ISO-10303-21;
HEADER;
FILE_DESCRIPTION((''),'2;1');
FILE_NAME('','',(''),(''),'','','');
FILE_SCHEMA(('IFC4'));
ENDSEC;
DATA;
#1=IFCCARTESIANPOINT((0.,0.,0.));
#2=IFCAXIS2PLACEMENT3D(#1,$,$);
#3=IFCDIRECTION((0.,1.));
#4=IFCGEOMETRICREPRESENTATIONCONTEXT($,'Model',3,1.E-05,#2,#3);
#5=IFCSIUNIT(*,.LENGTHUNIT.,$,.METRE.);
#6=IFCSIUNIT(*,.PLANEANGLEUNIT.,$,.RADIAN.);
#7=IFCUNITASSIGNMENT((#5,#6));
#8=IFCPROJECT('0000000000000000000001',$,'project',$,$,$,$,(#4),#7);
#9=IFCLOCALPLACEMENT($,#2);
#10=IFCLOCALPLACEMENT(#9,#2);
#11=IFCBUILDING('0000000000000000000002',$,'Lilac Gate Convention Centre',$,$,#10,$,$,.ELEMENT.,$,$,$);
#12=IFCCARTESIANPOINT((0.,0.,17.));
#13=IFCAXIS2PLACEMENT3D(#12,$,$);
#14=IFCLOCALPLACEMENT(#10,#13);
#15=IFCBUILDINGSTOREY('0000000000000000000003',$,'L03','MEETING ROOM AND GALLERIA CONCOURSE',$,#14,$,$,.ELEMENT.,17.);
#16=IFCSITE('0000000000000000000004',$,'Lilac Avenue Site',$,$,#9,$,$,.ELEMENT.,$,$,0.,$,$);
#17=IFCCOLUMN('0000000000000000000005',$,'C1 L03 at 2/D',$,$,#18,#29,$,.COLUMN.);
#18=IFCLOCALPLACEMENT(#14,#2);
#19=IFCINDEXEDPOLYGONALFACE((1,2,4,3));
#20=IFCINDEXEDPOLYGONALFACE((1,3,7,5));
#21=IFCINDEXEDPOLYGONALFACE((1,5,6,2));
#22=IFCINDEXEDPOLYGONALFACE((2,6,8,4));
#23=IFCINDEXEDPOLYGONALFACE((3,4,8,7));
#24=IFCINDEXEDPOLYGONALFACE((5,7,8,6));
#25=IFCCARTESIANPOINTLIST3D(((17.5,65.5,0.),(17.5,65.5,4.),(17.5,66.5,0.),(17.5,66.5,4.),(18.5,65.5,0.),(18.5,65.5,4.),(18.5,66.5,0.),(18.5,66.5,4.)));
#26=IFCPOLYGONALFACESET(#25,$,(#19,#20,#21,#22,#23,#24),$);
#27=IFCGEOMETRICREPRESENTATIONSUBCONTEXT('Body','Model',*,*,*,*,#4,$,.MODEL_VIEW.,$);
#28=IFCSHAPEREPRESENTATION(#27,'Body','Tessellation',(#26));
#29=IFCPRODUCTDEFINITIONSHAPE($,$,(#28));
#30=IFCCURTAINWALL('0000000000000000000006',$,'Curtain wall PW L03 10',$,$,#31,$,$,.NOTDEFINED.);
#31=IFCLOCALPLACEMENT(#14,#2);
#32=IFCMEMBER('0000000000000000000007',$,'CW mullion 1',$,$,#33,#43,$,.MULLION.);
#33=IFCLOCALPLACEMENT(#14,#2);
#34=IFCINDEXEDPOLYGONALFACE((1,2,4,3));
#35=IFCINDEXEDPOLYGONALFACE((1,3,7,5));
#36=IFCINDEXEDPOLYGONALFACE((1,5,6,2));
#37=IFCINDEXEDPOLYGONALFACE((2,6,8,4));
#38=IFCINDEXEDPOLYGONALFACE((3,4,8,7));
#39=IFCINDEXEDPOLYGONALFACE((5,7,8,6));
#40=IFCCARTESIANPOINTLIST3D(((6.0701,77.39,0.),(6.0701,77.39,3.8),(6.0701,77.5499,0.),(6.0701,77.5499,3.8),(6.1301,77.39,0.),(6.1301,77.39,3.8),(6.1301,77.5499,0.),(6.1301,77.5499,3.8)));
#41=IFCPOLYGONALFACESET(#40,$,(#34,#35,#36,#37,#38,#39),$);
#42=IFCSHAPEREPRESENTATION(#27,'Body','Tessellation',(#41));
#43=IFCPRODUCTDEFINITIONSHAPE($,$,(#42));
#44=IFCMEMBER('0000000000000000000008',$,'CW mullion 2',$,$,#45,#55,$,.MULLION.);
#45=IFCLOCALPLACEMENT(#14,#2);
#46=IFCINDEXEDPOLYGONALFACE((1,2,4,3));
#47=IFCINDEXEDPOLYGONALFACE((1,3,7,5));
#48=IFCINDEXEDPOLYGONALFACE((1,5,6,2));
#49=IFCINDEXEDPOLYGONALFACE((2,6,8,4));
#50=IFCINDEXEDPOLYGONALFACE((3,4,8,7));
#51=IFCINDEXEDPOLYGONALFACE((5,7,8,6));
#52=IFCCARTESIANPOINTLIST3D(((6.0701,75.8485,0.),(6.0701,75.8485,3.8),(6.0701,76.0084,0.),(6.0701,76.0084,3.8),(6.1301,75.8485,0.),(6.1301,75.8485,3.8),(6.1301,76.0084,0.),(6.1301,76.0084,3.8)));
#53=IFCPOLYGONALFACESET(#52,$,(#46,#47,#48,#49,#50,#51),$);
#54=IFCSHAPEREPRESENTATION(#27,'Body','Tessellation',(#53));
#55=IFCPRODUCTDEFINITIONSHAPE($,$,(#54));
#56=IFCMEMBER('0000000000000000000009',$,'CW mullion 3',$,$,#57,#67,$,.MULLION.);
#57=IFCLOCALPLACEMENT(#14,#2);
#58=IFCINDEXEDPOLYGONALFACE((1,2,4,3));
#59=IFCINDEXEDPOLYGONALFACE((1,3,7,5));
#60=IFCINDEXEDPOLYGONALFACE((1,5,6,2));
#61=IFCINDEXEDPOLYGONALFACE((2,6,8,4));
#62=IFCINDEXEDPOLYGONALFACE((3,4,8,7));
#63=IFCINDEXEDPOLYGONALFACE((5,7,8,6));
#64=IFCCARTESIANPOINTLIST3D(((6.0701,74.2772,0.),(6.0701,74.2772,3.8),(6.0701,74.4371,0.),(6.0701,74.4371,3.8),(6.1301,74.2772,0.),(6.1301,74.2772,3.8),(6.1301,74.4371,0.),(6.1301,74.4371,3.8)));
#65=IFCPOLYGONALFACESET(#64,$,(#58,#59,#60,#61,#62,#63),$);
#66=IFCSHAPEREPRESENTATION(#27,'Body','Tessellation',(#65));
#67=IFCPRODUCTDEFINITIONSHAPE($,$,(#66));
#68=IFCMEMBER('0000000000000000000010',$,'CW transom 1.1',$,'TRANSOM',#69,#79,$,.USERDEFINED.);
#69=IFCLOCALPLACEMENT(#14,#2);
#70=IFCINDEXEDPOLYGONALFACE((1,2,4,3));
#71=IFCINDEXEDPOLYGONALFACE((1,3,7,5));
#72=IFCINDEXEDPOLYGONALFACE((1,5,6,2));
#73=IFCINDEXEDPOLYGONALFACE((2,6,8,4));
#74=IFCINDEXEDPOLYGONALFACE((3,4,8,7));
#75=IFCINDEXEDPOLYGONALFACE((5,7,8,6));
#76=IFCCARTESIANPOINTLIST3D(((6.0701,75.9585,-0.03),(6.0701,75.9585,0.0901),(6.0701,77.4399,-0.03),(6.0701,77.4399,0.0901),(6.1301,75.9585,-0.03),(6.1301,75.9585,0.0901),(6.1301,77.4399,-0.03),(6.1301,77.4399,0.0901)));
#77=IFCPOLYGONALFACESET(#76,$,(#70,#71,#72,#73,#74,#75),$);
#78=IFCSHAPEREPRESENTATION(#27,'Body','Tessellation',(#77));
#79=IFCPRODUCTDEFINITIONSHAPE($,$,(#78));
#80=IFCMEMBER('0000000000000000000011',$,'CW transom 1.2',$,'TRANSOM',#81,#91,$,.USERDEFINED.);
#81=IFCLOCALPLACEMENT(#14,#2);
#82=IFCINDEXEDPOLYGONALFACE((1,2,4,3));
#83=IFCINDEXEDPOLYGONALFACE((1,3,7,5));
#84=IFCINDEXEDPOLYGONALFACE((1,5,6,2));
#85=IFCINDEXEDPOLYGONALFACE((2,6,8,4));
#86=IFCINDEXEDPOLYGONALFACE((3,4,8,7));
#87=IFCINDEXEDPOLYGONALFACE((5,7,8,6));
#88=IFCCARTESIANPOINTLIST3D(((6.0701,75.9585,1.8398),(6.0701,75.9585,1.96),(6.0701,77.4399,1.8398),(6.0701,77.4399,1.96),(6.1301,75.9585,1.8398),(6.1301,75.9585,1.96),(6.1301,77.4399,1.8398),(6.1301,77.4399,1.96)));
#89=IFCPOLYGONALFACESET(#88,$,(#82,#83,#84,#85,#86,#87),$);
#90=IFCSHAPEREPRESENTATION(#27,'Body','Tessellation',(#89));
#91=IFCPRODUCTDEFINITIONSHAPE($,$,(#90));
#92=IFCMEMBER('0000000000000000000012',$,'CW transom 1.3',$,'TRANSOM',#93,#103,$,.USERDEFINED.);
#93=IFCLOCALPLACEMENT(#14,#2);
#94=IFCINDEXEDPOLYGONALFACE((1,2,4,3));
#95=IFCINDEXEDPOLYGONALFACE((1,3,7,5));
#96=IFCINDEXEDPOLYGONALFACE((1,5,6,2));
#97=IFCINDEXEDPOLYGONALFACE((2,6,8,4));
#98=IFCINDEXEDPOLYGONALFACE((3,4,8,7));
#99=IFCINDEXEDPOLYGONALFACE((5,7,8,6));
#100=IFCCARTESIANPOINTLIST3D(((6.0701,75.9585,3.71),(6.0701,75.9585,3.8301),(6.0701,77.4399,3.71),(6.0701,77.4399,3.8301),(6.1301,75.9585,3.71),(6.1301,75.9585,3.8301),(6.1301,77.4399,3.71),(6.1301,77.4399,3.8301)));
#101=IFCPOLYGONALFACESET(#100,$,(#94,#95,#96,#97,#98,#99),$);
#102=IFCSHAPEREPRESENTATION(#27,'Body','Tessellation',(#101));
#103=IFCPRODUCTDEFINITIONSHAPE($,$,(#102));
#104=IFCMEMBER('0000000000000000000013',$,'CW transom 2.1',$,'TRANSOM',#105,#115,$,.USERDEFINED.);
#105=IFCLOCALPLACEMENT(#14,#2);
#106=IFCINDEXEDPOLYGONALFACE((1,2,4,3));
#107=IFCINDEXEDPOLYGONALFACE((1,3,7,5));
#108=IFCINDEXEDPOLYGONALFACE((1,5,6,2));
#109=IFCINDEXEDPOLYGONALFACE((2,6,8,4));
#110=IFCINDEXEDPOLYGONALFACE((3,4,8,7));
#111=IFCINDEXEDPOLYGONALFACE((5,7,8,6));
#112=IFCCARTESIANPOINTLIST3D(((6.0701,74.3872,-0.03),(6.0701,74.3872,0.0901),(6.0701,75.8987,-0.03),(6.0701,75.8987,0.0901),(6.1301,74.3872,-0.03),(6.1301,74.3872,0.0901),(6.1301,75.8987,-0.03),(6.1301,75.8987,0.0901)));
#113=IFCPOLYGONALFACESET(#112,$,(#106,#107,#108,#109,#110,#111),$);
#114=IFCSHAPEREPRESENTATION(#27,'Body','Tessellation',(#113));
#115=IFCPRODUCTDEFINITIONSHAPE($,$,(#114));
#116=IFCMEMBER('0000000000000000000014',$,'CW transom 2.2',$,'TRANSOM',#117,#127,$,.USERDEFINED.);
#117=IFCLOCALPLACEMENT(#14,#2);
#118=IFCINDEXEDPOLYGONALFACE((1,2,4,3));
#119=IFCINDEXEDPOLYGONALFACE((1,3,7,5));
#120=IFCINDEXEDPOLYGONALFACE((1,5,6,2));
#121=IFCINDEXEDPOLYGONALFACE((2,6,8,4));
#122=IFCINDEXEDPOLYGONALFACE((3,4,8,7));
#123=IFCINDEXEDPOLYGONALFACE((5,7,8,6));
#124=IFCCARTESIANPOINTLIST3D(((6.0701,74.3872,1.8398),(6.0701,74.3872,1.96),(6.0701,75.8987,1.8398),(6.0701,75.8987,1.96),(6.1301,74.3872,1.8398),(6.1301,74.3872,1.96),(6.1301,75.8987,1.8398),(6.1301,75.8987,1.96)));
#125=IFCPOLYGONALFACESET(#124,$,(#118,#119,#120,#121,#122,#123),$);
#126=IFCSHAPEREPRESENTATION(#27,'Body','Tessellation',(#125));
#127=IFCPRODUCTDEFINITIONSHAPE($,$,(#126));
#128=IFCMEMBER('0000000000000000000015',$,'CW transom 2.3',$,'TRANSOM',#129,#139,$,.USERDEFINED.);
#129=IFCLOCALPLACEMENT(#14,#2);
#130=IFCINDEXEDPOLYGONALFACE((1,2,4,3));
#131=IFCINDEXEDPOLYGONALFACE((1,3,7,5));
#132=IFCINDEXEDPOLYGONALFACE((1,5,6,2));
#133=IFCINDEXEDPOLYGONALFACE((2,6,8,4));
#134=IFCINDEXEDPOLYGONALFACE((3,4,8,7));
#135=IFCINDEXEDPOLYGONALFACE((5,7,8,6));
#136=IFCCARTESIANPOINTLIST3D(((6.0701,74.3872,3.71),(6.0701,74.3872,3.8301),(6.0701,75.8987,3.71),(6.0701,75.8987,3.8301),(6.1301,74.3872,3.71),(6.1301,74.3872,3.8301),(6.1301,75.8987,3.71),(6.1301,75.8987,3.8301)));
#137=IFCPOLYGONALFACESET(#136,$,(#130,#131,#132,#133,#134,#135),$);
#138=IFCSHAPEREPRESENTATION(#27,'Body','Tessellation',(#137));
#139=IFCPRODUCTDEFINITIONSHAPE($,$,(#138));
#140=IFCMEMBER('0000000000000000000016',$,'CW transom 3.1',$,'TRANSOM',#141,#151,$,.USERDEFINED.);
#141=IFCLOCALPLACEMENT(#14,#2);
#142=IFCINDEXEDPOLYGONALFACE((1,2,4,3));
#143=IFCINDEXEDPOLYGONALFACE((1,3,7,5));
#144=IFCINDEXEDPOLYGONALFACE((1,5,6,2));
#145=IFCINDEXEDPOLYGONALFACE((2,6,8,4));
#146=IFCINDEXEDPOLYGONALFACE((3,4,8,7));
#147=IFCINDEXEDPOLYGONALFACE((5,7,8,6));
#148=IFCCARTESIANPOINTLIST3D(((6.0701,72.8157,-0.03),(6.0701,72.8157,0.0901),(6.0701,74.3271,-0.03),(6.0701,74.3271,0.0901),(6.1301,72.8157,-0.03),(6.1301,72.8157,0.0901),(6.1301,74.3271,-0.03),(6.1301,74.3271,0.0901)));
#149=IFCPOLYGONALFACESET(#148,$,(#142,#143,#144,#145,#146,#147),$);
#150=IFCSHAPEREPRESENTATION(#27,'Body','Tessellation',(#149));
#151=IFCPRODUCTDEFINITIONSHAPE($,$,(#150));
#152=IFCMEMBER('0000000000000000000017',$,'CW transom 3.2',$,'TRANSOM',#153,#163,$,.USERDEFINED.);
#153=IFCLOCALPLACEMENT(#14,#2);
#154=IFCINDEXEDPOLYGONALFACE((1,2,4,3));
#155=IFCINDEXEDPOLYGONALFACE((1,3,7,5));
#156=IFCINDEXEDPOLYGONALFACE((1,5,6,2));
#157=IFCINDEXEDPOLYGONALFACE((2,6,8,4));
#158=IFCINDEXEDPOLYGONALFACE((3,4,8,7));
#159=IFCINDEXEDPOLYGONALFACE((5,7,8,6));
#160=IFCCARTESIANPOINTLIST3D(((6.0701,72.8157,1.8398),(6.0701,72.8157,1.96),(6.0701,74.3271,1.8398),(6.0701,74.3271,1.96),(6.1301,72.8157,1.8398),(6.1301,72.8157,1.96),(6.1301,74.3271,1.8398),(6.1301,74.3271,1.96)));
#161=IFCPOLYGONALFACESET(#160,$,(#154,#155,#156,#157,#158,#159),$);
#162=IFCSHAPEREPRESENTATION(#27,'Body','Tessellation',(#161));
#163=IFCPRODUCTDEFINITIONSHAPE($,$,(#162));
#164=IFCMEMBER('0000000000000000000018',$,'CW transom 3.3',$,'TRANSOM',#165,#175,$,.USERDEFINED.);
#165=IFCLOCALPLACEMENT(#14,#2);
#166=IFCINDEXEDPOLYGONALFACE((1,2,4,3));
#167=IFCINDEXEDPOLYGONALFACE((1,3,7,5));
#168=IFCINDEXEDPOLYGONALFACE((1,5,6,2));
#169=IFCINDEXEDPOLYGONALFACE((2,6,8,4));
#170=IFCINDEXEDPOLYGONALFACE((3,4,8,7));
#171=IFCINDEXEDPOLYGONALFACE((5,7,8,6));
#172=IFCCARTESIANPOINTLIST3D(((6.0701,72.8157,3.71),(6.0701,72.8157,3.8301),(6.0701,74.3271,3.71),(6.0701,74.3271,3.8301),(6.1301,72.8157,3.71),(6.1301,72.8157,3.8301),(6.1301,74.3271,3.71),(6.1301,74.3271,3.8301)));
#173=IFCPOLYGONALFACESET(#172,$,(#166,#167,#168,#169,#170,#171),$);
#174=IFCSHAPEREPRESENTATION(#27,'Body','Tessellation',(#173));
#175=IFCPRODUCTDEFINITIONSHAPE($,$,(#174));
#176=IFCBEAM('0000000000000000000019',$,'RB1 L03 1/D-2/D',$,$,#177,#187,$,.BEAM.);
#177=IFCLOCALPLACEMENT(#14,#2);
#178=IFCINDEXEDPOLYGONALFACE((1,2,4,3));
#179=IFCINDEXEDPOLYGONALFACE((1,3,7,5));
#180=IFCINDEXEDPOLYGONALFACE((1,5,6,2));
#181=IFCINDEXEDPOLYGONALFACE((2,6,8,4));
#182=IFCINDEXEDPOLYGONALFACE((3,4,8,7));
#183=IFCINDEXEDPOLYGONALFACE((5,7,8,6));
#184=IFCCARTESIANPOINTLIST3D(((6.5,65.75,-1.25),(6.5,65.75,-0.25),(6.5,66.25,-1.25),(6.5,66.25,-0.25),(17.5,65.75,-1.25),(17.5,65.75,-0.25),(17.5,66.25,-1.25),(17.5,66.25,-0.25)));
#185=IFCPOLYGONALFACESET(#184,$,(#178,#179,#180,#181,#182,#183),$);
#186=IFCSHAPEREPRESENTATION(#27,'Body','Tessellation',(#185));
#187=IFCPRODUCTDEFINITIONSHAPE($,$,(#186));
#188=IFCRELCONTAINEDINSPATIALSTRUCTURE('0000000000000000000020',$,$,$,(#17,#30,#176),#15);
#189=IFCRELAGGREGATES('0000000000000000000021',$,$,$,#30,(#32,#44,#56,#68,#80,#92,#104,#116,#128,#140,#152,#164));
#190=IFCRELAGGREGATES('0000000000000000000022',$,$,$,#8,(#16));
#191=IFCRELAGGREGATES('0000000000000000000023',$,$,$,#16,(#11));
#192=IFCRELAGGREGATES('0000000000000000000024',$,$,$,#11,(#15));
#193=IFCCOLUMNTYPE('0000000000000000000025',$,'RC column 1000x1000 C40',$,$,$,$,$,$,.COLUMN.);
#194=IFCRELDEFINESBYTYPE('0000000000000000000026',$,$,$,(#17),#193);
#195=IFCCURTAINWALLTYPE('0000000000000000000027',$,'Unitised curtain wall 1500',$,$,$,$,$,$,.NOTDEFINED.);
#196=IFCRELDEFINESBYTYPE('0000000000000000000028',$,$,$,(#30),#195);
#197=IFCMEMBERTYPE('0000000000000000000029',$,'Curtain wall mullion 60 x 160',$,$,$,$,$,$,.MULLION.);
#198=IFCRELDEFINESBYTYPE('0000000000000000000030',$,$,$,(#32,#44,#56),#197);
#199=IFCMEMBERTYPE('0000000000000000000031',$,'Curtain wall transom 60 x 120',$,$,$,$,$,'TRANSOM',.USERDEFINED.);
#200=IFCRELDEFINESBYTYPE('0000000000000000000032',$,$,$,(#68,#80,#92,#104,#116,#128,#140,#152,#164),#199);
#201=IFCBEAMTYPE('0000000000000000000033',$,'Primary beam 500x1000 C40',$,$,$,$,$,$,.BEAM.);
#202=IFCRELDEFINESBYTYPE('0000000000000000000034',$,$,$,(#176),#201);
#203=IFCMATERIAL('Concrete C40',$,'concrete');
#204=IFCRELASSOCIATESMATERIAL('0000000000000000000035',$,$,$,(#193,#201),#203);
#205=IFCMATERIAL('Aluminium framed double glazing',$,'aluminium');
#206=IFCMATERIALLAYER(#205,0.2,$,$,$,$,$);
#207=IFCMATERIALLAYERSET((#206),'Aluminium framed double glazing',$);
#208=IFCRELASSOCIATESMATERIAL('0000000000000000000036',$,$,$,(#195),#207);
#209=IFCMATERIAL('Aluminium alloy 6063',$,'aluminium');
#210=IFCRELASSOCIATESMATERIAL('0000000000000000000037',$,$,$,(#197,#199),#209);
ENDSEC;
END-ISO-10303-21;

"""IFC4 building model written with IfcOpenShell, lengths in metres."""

from ifc_helpers import new_model, si_unit, direction, frame, origin, origin_2d, place, context, subcontext, project, spatial, rectangle, extrude, material, layer, layer_set, material_profile, profile_set, type_object, element, aggregate, save


model = new_model("IFC4")

# Units and contexts
model_context = context("Model", 3, precision=1e-05, world=origin(), true_north=direction((0.0, 1.0)))
body_context = subcontext(model_context, "Body", "Model", "MODEL_VIEW")
ifc_project = project(units=[si_unit("LENGTHUNIT", "METRE"), si_unit("PLANEANGLEUNIT", "RADIAN")], contexts=[model_context])

# Site, building, storey
site_placement = place(None, origin())
site = spatial("IfcSite", under=ifc_project, at=site_placement, Name="Lilac Avenue Site", CompositionType="ELEMENT", RefElevation=0.0)
building_placement = place(site_placement, origin())
building = spatial("IfcBuilding", under=site, at=building_placement, Name="Lilac Gate Convention Centre", CompositionType="ELEMENT")
storey_placement = place(building_placement, frame((0.0, 0.0, 17.0)))
storey = spatial("IfcBuildingStorey", under=building, at=storey_placement, Name="L03", Description="MEETING ROOM AND GALLERIA CONCOURSE", CompositionType="ELEMENT", Elevation=17.0)

# Column
ifc_material_1 = material(Name="Concrete C40", Category="concrete")
ifc_material_profile_1 = material_profile(ifc_material_1, rectangle(XDim=1.0, YDim=1.0, at=origin_2d()), Name="RC 1000x1000")
ifc_profile_set_1 = profile_set([ifc_material_profile_1], Name="Concrete C40")
column_type = type_object("IfcColumnType", Name="RC column 1000x1000 C40", PredefinedType="COLUMN", material=ifc_profile_set_1)
column_placement = place(storey_placement, frame((18.0, 66.0, 0.0), z_axis=(0.0, 0.0, 1.0), x_axis=(1.0, 0.0, 0.0)))
element("IfcColumn", 1, at=column_placement, inside=storey, type_object=column_type, Name="C1 L03 at 2/D", PredefinedType="COLUMN", context=body_context, shape_type="SweptSolid", body=[
    extrude(rectangle(XDim=1.0, YDim=1.0, at=origin_2d()), origin(), (0.0, 0.0, 1.0), 4.0),
])

# Curtain wall, members
ifc_material_2 = material(Name="Aluminium framed double glazing", Category="aluminium")
ifc_layer_1 = layer(ifc_material_2, 0.2)
ifc_layer_set_1 = layer_set([ifc_layer_1], Name="Aluminium framed double glazing")
curtain_wall_type = type_object("IfcCurtainWallType", Name="Unitised curtain wall 1500", PredefinedType="NOTDEFINED", material=ifc_layer_set_1)
curtain_wall_placement = place(storey_placement, origin())
curtain_wall = element("IfcCurtainWall", 2, at=curtain_wall_placement, inside=storey, type_object=curtain_wall_type, Name="Curtain wall PW L03 10", PredefinedType="NOTDEFINED")
ifc_material_3 = material(Name="Aluminium alloy 6063", Category="aluminium")
ifc_material_profile_2 = material_profile(ifc_material_3, rectangle(XDim=0.0601, YDim=0.1599, at=origin_2d()), Name="Curtain wall mullion 60 x 160")
ifc_profile_set_2 = profile_set([ifc_material_profile_2], Name="Aluminium alloy 6063")
member_type_1 = type_object("IfcMemberType", Name="Curtain wall mullion 60 x 160", PredefinedType="MULLION", material=ifc_profile_set_2)
member_1_placement = place(storey_placement, frame((6.1001, 77.47, 0.0), z_axis=(0.0, 0.0, 1.0), x_axis=(1.0, 0.0, 0.0)))
member_1 = element("IfcMember", 3, at=member_1_placement, type_object=member_type_1, Name="CW mullion 1", PredefinedType="MULLION", context=body_context, shape_type="SweptSolid", body=[
    extrude(rectangle(XDim=0.0601, YDim=0.1599, at=origin_2d()), origin(), (0.0, 0.0, 1.0), 3.8),
])
member_2_placement = place(storey_placement, frame((6.1001, 75.9285, 0.0), z_axis=(0.0, 0.0, 1.0), x_axis=(1.0, 0.0, 0.0)))
member_2 = element("IfcMember", 4, at=member_2_placement, type_object=member_type_1, Name="CW mullion 2", PredefinedType="MULLION", context=body_context, shape_type="SweptSolid", body=[
    extrude(rectangle(XDim=0.0601, YDim=0.1599, at=origin_2d()), origin(), (0.0, 0.0, 1.0), 3.8),
])
member_3_placement = place(storey_placement, frame((6.1001, 74.3572, 0.0), z_axis=(0.0, 0.0, 1.0), x_axis=(1.0, 0.0, 0.0)))
member_3 = element("IfcMember", 5, at=member_3_placement, type_object=member_type_1, Name="CW mullion 3", PredefinedType="MULLION", context=body_context, shape_type="SweptSolid", body=[
    extrude(rectangle(XDim=0.0601, YDim=0.1599, at=origin_2d()), origin(), (0.0, 0.0, 1.0), 3.8),
])
ifc_material_profile_3 = material_profile(ifc_material_3, rectangle(XDim=0.0601, YDim=0.1201, at=origin_2d()), Name="Curtain wall transom 60 x 120")
ifc_profile_set_3 = profile_set([ifc_material_profile_3], Name="Aluminium alloy 6063")
member_type_2 = type_object("IfcMemberType", Name="Curtain wall transom 60 x 120", ElementType="TRANSOM", PredefinedType="USERDEFINED", material=ifc_profile_set_3)
member_4_placement = place(storey_placement, frame((6.1001, 77.4399, 0.03), z_axis=(0.0, -1.0, 0.0), x_axis=(1.0, 0.0, 0.0)))
member_4 = element("IfcMember", 6, at=member_4_placement, type_object=member_type_2, Name="CW transom 1.1", ObjectType="TRANSOM", PredefinedType="USERDEFINED", context=body_context, shape_type="SweptSolid", body=[
    extrude(rectangle(XDim=0.0601, YDim=0.1201, at=origin_2d()), origin(), (0.0, 0.0, 1.0), 1.4814),
])
member_5_placement = place(storey_placement, frame((6.1001, 77.4399, 1.8999), z_axis=(0.0, -1.0, 0.0), x_axis=(1.0, 0.0, 0.0)))
member_5 = element("IfcMember", 7, at=member_5_placement, type_object=member_type_2, Name="CW transom 1.2", ObjectType="TRANSOM", PredefinedType="USERDEFINED", context=body_context, shape_type="SweptSolid", body=[
    extrude(rectangle(XDim=0.0601, YDim=0.1201, at=origin_2d()), origin(), (0.0, 0.0, 1.0), 1.4814),
])
member_6_placement = place(storey_placement, frame((6.1001, 77.4399, 3.77), z_axis=(0.0, -1.0, 0.0), x_axis=(1.0, 0.0, 0.0)))
member_6 = element("IfcMember", 8, at=member_6_placement, type_object=member_type_2, Name="CW transom 1.3", ObjectType="TRANSOM", PredefinedType="USERDEFINED", context=body_context, shape_type="SweptSolid", body=[
    extrude(rectangle(XDim=0.0601, YDim=0.1201, at=origin_2d()), origin(), (0.0, 0.0, 1.0), 1.4814),
])
member_7_placement = place(storey_placement, frame((6.1001, 75.8987, 0.03), z_axis=(0.0, -1.0, 0.0), x_axis=(1.0, 0.0, 0.0)))
member_7 = element("IfcMember", 9, at=member_7_placement, type_object=member_type_2, Name="CW transom 2.1", ObjectType="TRANSOM", PredefinedType="USERDEFINED", context=body_context, shape_type="SweptSolid", body=[
    extrude(rectangle(XDim=0.0601, YDim=0.1201, at=origin_2d()), origin(), (0.0, 0.0, 1.0), 1.5115),
])
member_8_placement = place(storey_placement, frame((6.1001, 75.8987, 1.8999), z_axis=(0.0, -1.0, 0.0), x_axis=(1.0, 0.0, 0.0)))
member_8 = element("IfcMember", 10, at=member_8_placement, type_object=member_type_2, Name="CW transom 2.2", ObjectType="TRANSOM", PredefinedType="USERDEFINED", context=body_context, shape_type="SweptSolid", body=[
    extrude(rectangle(XDim=0.0601, YDim=0.1201, at=origin_2d()), origin(), (0.0, 0.0, 1.0), 1.5115),
])
member_9_placement = place(storey_placement, frame((6.1001, 75.8987, 3.77), z_axis=(0.0, -1.0, 0.0), x_axis=(1.0, 0.0, 0.0)))
member_9 = element("IfcMember", 11, at=member_9_placement, type_object=member_type_2, Name="CW transom 2.3", ObjectType="TRANSOM", PredefinedType="USERDEFINED", context=body_context, shape_type="SweptSolid", body=[
    extrude(rectangle(XDim=0.0601, YDim=0.1201, at=origin_2d()), origin(), (0.0, 0.0, 1.0), 1.5115),
])
member_10_placement = place(storey_placement, frame((6.1001, 74.3271, 0.03), z_axis=(0.0, -1.0, 0.0), x_axis=(1.0, 0.0, 0.0)))
member_10 = element("IfcMember", 12, at=member_10_placement, type_object=member_type_2, Name="CW transom 3.1", ObjectType="TRANSOM", PredefinedType="USERDEFINED", context=body_context, shape_type="SweptSolid", body=[
    extrude(rectangle(XDim=0.0601, YDim=0.1201, at=origin_2d()), origin(), (0.0, 0.0, 1.0), 1.5115),
])
member_11_placement = place(storey_placement, frame((6.1001, 74.3271, 1.8999), z_axis=(0.0, -1.0, 0.0), x_axis=(1.0, 0.0, 0.0)))
member_11 = element("IfcMember", 13, at=member_11_placement, type_object=member_type_2, Name="CW transom 3.2", ObjectType="TRANSOM", PredefinedType="USERDEFINED", context=body_context, shape_type="SweptSolid", body=[
    extrude(rectangle(XDim=0.0601, YDim=0.1201, at=origin_2d()), origin(), (0.0, 0.0, 1.0), 1.5115),
])
member_12_placement = place(storey_placement, frame((6.1001, 74.3271, 3.77), z_axis=(0.0, -1.0, 0.0), x_axis=(1.0, 0.0, 0.0)))
member_12 = element("IfcMember", 14, at=member_12_placement, type_object=member_type_2, Name="CW transom 3.3", ObjectType="TRANSOM", PredefinedType="USERDEFINED", context=body_context, shape_type="SweptSolid", body=[
    extrude(rectangle(XDim=0.0601, YDim=0.1201, at=origin_2d()), origin(), (0.0, 0.0, 1.0), 1.5115),
])

# Beam
ifc_material_profile_4 = material_profile(ifc_material_1, rectangle(XDim=0.5, YDim=1.0, at=origin_2d()), Name="RC 500x1000")
ifc_profile_set_4 = profile_set([ifc_material_profile_4], Name="Concrete C40")
beam_type_1 = type_object("IfcBeamType", Name="Primary beam 500x1000 C40", PredefinedType="BEAM", material=ifc_profile_set_4)
for number, where, z_axis, x_axis, name in (
    (15, (6.5, 66.0, -0.75), (1.0, 0.0, 0.0), (0.0, 1.0, 0.0), "RB1 L03 1/D-2/D"),
):
    element("IfcBeam", number, at=place(storey_placement, frame(where, z_axis=z_axis, x_axis=x_axis)), inside=storey, type_object=beam_type_1, Name=name, PredefinedType="BEAM", context=body_context, shape_type="SweptSolid", body=[
        extrude(rectangle(XDim=0.5, YDim=1.0, at=origin_2d()), origin(), (0.0, 0.0, 1.0), 11.0),
    ])

aggregate(curtain_wall, [member_1, member_2, member_3, member_4, member_5, member_6, member_7, member_8, member_9, member_10, member_11, member_12])

save(model, "model.ifc")
